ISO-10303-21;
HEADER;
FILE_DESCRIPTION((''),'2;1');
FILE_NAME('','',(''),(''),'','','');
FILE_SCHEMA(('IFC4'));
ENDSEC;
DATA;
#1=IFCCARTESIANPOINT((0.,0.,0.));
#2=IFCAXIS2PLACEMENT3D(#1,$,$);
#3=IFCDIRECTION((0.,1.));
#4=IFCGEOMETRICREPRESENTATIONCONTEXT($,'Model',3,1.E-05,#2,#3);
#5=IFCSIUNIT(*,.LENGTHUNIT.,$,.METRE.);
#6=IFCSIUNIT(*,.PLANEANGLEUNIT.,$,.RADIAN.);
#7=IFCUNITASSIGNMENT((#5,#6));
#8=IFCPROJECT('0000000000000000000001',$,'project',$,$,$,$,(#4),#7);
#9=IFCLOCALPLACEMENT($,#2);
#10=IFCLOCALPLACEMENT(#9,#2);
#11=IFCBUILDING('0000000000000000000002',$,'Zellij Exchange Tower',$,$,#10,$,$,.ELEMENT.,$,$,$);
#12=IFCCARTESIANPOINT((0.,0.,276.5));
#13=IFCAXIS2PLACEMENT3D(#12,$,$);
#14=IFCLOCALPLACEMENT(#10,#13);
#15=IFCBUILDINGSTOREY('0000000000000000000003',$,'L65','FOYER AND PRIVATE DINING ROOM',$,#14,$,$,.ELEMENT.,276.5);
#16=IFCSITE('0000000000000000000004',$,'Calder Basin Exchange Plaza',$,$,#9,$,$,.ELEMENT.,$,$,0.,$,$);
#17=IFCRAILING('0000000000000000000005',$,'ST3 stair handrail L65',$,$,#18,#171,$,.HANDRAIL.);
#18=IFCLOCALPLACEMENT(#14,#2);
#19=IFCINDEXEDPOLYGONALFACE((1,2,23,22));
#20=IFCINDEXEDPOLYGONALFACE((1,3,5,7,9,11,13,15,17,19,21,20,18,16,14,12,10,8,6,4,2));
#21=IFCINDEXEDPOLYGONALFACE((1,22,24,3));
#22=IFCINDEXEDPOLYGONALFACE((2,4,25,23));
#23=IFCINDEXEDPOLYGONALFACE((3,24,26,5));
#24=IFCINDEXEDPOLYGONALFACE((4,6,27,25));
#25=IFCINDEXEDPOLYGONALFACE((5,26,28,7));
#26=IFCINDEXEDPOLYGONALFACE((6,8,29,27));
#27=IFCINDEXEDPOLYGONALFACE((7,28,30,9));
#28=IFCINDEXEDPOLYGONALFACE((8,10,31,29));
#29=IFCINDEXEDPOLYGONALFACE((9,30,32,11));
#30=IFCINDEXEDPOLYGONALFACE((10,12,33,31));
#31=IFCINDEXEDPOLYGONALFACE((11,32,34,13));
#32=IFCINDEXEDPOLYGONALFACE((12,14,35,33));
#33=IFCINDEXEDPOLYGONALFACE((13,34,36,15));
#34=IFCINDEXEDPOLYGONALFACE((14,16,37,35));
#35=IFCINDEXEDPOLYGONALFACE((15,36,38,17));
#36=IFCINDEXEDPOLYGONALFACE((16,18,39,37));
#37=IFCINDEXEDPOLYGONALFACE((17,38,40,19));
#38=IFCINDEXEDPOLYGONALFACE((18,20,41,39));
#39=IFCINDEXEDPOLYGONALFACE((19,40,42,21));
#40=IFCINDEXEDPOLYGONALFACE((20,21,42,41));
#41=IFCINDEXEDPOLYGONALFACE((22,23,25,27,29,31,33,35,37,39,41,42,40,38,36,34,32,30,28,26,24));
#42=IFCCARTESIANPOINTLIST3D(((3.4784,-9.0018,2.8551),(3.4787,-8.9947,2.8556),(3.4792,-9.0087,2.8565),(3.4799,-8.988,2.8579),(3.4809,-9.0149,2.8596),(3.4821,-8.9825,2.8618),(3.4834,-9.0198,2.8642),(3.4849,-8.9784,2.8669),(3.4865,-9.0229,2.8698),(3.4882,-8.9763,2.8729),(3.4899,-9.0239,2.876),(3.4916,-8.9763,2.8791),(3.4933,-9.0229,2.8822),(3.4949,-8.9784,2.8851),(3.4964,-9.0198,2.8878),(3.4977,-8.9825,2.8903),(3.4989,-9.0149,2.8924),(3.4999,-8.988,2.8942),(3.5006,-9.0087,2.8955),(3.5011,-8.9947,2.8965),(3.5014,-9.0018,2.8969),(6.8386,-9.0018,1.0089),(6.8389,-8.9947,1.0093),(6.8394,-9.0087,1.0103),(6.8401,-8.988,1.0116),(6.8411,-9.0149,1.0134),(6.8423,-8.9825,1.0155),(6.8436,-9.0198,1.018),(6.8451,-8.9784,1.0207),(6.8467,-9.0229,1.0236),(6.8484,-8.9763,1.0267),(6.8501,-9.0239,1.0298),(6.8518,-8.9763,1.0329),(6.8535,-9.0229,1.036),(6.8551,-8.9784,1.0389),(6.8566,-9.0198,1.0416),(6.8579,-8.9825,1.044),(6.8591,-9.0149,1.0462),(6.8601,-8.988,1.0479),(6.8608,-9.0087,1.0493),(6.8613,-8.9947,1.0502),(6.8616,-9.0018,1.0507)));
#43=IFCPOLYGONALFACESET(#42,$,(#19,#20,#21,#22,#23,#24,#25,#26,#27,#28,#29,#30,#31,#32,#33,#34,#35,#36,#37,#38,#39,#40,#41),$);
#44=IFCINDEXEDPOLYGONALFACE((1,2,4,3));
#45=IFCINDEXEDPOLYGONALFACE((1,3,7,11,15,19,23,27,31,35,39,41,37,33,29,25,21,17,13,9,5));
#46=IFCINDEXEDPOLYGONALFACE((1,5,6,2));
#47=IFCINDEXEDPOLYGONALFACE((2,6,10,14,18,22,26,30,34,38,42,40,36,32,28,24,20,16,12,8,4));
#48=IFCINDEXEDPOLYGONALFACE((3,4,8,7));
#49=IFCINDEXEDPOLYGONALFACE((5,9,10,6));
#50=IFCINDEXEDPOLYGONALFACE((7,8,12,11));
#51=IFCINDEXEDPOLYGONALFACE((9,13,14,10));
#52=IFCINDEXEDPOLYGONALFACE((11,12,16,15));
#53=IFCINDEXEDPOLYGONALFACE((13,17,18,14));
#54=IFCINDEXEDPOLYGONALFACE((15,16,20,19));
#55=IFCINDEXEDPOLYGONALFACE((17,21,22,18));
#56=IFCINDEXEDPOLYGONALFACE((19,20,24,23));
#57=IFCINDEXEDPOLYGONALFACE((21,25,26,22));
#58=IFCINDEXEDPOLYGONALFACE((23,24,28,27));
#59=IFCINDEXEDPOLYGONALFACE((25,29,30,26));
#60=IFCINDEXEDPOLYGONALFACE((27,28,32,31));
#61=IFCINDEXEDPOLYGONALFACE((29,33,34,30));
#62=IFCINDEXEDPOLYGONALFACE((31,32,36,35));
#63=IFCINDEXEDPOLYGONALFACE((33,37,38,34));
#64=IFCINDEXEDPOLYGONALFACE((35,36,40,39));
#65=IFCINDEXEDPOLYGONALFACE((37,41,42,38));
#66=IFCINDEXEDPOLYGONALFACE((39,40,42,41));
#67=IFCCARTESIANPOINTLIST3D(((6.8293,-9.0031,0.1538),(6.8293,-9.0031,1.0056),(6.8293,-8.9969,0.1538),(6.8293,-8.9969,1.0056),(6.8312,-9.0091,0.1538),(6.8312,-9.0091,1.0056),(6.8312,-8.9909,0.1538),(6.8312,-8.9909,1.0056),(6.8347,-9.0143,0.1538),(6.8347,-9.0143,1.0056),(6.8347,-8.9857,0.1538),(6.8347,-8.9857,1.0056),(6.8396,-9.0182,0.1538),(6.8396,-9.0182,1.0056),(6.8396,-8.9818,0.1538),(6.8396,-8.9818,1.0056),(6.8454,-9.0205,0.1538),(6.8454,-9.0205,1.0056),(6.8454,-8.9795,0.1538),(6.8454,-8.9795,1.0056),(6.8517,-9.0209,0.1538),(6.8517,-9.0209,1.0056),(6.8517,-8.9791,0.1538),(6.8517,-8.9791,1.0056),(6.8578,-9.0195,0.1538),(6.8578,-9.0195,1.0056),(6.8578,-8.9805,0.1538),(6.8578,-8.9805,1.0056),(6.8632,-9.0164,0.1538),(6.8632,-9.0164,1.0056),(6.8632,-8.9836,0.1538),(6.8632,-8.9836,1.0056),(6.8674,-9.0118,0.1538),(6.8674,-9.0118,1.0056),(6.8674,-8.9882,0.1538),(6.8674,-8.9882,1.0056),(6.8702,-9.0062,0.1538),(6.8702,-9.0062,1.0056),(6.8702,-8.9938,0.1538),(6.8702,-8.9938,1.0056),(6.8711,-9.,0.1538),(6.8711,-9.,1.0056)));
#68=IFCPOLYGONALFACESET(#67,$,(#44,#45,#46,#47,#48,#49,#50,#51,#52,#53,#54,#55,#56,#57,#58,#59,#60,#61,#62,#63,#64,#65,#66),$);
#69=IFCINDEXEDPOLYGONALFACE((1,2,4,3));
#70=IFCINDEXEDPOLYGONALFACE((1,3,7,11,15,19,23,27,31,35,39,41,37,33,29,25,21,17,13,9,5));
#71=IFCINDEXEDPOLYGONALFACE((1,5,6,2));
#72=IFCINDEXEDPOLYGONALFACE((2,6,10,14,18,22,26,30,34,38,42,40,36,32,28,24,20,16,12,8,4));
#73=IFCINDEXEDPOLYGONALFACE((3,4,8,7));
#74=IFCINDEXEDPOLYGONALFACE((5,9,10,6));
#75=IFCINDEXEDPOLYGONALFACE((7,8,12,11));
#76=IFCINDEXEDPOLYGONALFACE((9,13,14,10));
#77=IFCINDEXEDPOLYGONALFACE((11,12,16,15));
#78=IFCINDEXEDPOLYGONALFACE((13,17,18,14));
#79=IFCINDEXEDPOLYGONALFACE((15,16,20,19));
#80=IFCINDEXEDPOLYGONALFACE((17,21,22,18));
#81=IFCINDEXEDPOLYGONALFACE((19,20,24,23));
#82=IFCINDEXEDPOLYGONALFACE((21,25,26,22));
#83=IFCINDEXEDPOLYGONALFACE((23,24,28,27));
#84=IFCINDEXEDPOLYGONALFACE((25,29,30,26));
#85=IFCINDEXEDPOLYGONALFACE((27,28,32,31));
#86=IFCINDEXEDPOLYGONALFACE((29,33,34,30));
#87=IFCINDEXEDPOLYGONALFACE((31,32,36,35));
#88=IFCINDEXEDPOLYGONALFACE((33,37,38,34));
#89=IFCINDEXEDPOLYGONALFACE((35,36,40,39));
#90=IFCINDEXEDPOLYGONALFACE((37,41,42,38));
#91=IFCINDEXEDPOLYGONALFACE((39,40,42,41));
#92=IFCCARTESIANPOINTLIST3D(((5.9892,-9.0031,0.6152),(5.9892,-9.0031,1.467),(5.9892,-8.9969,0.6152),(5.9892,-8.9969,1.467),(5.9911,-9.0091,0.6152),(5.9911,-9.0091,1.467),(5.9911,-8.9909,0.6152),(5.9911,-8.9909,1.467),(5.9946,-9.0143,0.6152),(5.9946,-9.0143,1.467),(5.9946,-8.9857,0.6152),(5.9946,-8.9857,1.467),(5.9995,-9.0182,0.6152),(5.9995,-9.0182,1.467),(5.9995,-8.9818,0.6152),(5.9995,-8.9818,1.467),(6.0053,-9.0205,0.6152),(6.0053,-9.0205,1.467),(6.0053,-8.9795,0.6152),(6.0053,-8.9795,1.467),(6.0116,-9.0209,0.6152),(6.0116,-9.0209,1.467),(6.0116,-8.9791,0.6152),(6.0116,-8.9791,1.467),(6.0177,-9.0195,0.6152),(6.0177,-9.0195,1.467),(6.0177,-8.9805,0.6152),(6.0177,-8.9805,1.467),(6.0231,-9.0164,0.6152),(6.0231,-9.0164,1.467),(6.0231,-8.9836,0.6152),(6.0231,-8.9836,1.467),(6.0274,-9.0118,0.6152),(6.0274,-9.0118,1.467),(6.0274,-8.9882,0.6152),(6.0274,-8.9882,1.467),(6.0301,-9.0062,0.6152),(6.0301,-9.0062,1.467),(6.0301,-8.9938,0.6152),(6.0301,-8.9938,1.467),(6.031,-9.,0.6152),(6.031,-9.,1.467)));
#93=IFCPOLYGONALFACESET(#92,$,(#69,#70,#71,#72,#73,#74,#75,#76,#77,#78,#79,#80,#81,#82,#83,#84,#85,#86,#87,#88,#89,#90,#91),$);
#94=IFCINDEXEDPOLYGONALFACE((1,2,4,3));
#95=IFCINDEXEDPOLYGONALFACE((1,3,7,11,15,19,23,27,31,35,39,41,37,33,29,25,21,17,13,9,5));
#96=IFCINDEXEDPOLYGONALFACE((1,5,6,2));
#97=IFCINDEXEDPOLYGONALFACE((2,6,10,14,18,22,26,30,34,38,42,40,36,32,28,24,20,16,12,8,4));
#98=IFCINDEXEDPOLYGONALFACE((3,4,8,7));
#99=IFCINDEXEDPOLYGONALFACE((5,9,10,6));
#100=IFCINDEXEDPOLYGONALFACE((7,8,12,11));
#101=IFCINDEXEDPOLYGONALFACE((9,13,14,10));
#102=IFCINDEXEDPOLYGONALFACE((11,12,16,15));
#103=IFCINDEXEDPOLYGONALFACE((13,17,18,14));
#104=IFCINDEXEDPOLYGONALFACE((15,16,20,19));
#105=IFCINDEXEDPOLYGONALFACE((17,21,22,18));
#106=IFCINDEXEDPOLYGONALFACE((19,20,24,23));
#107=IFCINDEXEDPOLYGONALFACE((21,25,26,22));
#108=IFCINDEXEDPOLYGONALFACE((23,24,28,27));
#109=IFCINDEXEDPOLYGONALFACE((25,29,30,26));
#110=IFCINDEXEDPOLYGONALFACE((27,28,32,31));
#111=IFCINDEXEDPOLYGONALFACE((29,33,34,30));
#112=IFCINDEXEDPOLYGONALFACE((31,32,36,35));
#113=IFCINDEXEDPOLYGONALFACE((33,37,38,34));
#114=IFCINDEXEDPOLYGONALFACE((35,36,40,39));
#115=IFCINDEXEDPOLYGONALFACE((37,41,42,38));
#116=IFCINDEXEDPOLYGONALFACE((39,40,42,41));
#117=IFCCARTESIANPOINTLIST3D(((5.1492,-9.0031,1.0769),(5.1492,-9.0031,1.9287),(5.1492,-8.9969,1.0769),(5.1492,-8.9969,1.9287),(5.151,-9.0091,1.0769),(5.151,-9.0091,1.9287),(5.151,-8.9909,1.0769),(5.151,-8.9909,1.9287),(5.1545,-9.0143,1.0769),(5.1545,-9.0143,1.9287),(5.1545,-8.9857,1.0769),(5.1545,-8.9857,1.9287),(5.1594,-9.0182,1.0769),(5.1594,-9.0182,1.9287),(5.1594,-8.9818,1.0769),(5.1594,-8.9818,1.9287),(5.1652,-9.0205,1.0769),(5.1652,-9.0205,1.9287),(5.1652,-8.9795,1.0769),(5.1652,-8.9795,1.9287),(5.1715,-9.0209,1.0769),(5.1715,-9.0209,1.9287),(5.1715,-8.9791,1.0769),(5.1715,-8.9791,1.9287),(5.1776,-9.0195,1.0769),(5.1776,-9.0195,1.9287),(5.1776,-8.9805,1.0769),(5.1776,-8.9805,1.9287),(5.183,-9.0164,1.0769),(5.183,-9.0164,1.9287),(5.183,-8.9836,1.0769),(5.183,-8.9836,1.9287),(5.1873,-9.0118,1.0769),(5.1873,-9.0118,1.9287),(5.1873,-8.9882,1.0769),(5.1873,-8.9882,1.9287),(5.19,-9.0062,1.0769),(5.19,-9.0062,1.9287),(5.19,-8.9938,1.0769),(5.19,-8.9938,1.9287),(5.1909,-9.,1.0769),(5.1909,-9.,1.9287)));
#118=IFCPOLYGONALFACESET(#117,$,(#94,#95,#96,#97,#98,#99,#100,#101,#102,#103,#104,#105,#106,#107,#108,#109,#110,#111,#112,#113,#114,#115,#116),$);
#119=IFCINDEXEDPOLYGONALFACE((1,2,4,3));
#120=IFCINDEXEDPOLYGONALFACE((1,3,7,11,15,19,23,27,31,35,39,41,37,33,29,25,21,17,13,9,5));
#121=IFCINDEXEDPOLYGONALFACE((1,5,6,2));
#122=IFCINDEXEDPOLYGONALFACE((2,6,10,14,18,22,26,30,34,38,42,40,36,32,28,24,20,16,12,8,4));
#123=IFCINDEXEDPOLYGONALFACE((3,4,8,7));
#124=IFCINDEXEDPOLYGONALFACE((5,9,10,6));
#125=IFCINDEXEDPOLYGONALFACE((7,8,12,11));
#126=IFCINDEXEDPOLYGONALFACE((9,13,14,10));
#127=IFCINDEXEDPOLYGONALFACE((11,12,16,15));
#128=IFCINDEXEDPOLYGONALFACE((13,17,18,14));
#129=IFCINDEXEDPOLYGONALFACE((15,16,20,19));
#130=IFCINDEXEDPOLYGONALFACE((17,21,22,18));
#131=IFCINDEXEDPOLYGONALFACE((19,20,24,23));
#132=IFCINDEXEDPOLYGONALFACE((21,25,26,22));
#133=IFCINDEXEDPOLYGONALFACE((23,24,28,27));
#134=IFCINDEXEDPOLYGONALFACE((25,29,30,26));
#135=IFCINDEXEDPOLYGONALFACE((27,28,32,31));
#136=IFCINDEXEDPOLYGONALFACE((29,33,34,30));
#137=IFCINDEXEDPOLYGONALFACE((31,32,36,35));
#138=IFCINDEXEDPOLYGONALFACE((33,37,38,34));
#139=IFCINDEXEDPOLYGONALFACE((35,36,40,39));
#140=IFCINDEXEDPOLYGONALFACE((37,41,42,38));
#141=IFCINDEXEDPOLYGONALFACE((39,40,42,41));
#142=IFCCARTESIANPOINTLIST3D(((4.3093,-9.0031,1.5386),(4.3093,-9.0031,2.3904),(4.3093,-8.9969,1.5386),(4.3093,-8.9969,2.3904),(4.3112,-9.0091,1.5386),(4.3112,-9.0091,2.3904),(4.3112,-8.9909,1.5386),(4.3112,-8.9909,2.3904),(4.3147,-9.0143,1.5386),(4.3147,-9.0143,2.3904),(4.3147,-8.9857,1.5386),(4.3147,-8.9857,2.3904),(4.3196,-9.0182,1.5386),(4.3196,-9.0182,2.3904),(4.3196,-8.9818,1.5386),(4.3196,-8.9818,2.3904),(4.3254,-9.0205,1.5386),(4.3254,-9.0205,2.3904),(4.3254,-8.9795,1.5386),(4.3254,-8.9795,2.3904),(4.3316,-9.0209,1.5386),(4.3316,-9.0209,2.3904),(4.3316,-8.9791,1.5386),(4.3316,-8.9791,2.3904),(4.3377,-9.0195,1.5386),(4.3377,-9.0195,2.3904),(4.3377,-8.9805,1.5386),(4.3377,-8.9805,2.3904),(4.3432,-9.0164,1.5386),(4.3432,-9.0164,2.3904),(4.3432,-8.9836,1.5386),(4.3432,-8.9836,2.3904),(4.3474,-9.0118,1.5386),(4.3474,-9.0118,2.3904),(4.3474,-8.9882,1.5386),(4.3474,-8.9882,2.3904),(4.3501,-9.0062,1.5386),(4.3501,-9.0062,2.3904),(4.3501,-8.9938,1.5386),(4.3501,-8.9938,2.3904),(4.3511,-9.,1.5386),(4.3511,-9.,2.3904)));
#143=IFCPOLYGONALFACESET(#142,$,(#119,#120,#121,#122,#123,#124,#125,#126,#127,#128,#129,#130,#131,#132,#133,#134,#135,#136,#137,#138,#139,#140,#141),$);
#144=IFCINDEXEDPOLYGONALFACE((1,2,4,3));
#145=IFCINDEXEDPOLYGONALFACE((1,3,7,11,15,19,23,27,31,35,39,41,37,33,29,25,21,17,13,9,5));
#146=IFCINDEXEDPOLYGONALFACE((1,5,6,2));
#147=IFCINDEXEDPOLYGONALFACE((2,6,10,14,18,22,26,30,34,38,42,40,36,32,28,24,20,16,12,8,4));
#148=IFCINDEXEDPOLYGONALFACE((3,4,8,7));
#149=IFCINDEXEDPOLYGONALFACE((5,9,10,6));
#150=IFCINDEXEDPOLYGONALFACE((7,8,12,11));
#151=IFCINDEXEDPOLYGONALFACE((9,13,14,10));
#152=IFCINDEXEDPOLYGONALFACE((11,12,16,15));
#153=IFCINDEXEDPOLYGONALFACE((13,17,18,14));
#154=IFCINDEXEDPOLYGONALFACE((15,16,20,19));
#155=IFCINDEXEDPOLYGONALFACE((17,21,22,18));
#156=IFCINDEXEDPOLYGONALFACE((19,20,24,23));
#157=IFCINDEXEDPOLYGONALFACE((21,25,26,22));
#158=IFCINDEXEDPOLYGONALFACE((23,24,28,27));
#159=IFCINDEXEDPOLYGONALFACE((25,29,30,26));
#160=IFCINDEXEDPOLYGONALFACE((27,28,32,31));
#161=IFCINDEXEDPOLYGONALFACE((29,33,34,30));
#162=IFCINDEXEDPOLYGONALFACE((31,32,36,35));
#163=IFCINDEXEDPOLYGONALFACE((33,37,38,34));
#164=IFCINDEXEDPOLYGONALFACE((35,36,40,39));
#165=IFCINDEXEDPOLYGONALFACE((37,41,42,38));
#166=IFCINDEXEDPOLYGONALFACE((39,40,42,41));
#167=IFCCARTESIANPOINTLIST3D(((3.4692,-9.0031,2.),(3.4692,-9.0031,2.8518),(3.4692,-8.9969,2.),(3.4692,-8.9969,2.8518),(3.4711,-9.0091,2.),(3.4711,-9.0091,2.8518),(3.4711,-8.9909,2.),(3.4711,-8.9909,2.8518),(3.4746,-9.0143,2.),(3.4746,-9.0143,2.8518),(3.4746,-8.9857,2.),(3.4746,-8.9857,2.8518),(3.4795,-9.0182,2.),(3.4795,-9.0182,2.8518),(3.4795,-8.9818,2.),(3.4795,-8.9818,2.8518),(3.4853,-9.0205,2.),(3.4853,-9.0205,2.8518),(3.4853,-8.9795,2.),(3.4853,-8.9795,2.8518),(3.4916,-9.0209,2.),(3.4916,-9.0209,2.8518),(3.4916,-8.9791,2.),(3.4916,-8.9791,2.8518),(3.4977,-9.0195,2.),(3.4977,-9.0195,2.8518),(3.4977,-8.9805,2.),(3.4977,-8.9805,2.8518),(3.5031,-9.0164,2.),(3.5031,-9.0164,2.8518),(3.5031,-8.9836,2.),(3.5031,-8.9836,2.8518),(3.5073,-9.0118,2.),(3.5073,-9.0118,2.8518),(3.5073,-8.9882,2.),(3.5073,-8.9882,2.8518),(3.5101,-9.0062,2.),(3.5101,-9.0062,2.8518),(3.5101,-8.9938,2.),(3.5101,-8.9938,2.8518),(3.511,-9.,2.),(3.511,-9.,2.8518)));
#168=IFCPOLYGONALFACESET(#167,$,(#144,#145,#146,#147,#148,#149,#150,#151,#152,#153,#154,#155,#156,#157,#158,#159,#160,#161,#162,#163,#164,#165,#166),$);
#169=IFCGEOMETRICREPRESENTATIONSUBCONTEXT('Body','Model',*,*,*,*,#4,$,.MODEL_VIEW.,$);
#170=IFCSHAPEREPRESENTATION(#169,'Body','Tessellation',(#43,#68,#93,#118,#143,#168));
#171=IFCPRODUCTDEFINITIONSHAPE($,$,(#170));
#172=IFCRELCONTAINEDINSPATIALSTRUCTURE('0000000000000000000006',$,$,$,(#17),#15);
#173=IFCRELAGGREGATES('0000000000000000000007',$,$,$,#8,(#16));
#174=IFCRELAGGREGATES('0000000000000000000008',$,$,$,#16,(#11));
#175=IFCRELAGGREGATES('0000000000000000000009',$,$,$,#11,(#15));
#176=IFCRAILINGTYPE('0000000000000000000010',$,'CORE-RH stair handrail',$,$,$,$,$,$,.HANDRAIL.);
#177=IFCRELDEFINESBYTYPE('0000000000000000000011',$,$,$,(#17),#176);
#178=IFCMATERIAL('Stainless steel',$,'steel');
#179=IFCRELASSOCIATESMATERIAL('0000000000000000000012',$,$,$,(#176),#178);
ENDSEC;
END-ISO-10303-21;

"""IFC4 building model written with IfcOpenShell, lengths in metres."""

from ifc_helpers import new_model, si_unit, direction, frame, origin, origin_2d, place, context, subcontext, project, spatial, circle, extrude, material, type_object, element, save


model = new_model("IFC4")

# Units and contexts
model_context = context("Model", 3, precision=1e-05, world=origin(), true_north=direction((0.0, 1.0)))
body_context = subcontext(model_context, "Body", "Model", "MODEL_VIEW")
ifc_project = project(units=[si_unit("LENGTHUNIT", "METRE"), si_unit("PLANEANGLEUNIT", "RADIAN")], contexts=[model_context])

# Site, building, storey
site_placement = place(None, origin())
site = spatial("IfcSite", under=ifc_project, at=site_placement, Name="Calder Basin Exchange Plaza", CompositionType="ELEMENT", RefElevation=0.0)
building_placement = place(site_placement, origin())
building = spatial("IfcBuilding", under=site, at=building_placement, Name="Zellij Exchange Tower", CompositionType="ELEMENT")
storey_placement = place(building_placement, frame((0.0, 0.0, 276.5)))
storey = spatial("IfcBuildingStorey", under=building, at=storey_placement, Name="L65", Description="FOYER AND PRIVATE DINING ROOM", CompositionType="ELEMENT", Elevation=276.5)

# Railing
ifc_material_1 = material(Name="Stainless steel", Category="steel")
railing_type_1 = type_object("IfcRailingType", Name="CORE-RH stair handrail", PredefinedType="HANDRAIL", material=ifc_material_1)
railing_1_placement = place(storey_placement, frame((6.8501, -9.0, 0.1538)))
element("IfcRailing", 1, at=railing_1_placement, inside=storey, type_object=railing_type_1, Name="ST3 stair handrail L65", PredefinedType="HANDRAIL", context=body_context, shape_type="SweptSolid", body=[
    extrude(circle(Radius=0.0239, at=origin_2d()), frame((0.0, 0.0, 0.876), z_axis=(-0.876422, 0.0, 0.481545), x_axis=(0.0, -1.0, 0.0)), (0.0, 0.0, 1.0), 3.834),
    extrude(circle(Radius=0.021, at=origin_2d()), origin(), (0.0, 0.0, 1.0), 0.8518),
    extrude(circle(Radius=0.021, at=origin_2d()), frame((-0.8401, 0.0, 0.4614)), (0.0, 0.0, 1.0), 0.8518),
    extrude(circle(Radius=0.021, at=origin_2d()), frame((-1.6802, 0.0, 0.9231)), (0.0, 0.0, 1.0), 0.8518),
    extrude(circle(Radius=0.021, at=origin_2d()), frame((-2.52, 0.0, 1.3848)), (0.0, 0.0, 1.0), 0.8518),
    extrude(circle(Radius=0.021, at=origin_2d()), frame((-3.3601, 0.0, 1.8462)), (0.0, 0.0, 1.0), 0.8518),
])

save(model, "model.ifc")
